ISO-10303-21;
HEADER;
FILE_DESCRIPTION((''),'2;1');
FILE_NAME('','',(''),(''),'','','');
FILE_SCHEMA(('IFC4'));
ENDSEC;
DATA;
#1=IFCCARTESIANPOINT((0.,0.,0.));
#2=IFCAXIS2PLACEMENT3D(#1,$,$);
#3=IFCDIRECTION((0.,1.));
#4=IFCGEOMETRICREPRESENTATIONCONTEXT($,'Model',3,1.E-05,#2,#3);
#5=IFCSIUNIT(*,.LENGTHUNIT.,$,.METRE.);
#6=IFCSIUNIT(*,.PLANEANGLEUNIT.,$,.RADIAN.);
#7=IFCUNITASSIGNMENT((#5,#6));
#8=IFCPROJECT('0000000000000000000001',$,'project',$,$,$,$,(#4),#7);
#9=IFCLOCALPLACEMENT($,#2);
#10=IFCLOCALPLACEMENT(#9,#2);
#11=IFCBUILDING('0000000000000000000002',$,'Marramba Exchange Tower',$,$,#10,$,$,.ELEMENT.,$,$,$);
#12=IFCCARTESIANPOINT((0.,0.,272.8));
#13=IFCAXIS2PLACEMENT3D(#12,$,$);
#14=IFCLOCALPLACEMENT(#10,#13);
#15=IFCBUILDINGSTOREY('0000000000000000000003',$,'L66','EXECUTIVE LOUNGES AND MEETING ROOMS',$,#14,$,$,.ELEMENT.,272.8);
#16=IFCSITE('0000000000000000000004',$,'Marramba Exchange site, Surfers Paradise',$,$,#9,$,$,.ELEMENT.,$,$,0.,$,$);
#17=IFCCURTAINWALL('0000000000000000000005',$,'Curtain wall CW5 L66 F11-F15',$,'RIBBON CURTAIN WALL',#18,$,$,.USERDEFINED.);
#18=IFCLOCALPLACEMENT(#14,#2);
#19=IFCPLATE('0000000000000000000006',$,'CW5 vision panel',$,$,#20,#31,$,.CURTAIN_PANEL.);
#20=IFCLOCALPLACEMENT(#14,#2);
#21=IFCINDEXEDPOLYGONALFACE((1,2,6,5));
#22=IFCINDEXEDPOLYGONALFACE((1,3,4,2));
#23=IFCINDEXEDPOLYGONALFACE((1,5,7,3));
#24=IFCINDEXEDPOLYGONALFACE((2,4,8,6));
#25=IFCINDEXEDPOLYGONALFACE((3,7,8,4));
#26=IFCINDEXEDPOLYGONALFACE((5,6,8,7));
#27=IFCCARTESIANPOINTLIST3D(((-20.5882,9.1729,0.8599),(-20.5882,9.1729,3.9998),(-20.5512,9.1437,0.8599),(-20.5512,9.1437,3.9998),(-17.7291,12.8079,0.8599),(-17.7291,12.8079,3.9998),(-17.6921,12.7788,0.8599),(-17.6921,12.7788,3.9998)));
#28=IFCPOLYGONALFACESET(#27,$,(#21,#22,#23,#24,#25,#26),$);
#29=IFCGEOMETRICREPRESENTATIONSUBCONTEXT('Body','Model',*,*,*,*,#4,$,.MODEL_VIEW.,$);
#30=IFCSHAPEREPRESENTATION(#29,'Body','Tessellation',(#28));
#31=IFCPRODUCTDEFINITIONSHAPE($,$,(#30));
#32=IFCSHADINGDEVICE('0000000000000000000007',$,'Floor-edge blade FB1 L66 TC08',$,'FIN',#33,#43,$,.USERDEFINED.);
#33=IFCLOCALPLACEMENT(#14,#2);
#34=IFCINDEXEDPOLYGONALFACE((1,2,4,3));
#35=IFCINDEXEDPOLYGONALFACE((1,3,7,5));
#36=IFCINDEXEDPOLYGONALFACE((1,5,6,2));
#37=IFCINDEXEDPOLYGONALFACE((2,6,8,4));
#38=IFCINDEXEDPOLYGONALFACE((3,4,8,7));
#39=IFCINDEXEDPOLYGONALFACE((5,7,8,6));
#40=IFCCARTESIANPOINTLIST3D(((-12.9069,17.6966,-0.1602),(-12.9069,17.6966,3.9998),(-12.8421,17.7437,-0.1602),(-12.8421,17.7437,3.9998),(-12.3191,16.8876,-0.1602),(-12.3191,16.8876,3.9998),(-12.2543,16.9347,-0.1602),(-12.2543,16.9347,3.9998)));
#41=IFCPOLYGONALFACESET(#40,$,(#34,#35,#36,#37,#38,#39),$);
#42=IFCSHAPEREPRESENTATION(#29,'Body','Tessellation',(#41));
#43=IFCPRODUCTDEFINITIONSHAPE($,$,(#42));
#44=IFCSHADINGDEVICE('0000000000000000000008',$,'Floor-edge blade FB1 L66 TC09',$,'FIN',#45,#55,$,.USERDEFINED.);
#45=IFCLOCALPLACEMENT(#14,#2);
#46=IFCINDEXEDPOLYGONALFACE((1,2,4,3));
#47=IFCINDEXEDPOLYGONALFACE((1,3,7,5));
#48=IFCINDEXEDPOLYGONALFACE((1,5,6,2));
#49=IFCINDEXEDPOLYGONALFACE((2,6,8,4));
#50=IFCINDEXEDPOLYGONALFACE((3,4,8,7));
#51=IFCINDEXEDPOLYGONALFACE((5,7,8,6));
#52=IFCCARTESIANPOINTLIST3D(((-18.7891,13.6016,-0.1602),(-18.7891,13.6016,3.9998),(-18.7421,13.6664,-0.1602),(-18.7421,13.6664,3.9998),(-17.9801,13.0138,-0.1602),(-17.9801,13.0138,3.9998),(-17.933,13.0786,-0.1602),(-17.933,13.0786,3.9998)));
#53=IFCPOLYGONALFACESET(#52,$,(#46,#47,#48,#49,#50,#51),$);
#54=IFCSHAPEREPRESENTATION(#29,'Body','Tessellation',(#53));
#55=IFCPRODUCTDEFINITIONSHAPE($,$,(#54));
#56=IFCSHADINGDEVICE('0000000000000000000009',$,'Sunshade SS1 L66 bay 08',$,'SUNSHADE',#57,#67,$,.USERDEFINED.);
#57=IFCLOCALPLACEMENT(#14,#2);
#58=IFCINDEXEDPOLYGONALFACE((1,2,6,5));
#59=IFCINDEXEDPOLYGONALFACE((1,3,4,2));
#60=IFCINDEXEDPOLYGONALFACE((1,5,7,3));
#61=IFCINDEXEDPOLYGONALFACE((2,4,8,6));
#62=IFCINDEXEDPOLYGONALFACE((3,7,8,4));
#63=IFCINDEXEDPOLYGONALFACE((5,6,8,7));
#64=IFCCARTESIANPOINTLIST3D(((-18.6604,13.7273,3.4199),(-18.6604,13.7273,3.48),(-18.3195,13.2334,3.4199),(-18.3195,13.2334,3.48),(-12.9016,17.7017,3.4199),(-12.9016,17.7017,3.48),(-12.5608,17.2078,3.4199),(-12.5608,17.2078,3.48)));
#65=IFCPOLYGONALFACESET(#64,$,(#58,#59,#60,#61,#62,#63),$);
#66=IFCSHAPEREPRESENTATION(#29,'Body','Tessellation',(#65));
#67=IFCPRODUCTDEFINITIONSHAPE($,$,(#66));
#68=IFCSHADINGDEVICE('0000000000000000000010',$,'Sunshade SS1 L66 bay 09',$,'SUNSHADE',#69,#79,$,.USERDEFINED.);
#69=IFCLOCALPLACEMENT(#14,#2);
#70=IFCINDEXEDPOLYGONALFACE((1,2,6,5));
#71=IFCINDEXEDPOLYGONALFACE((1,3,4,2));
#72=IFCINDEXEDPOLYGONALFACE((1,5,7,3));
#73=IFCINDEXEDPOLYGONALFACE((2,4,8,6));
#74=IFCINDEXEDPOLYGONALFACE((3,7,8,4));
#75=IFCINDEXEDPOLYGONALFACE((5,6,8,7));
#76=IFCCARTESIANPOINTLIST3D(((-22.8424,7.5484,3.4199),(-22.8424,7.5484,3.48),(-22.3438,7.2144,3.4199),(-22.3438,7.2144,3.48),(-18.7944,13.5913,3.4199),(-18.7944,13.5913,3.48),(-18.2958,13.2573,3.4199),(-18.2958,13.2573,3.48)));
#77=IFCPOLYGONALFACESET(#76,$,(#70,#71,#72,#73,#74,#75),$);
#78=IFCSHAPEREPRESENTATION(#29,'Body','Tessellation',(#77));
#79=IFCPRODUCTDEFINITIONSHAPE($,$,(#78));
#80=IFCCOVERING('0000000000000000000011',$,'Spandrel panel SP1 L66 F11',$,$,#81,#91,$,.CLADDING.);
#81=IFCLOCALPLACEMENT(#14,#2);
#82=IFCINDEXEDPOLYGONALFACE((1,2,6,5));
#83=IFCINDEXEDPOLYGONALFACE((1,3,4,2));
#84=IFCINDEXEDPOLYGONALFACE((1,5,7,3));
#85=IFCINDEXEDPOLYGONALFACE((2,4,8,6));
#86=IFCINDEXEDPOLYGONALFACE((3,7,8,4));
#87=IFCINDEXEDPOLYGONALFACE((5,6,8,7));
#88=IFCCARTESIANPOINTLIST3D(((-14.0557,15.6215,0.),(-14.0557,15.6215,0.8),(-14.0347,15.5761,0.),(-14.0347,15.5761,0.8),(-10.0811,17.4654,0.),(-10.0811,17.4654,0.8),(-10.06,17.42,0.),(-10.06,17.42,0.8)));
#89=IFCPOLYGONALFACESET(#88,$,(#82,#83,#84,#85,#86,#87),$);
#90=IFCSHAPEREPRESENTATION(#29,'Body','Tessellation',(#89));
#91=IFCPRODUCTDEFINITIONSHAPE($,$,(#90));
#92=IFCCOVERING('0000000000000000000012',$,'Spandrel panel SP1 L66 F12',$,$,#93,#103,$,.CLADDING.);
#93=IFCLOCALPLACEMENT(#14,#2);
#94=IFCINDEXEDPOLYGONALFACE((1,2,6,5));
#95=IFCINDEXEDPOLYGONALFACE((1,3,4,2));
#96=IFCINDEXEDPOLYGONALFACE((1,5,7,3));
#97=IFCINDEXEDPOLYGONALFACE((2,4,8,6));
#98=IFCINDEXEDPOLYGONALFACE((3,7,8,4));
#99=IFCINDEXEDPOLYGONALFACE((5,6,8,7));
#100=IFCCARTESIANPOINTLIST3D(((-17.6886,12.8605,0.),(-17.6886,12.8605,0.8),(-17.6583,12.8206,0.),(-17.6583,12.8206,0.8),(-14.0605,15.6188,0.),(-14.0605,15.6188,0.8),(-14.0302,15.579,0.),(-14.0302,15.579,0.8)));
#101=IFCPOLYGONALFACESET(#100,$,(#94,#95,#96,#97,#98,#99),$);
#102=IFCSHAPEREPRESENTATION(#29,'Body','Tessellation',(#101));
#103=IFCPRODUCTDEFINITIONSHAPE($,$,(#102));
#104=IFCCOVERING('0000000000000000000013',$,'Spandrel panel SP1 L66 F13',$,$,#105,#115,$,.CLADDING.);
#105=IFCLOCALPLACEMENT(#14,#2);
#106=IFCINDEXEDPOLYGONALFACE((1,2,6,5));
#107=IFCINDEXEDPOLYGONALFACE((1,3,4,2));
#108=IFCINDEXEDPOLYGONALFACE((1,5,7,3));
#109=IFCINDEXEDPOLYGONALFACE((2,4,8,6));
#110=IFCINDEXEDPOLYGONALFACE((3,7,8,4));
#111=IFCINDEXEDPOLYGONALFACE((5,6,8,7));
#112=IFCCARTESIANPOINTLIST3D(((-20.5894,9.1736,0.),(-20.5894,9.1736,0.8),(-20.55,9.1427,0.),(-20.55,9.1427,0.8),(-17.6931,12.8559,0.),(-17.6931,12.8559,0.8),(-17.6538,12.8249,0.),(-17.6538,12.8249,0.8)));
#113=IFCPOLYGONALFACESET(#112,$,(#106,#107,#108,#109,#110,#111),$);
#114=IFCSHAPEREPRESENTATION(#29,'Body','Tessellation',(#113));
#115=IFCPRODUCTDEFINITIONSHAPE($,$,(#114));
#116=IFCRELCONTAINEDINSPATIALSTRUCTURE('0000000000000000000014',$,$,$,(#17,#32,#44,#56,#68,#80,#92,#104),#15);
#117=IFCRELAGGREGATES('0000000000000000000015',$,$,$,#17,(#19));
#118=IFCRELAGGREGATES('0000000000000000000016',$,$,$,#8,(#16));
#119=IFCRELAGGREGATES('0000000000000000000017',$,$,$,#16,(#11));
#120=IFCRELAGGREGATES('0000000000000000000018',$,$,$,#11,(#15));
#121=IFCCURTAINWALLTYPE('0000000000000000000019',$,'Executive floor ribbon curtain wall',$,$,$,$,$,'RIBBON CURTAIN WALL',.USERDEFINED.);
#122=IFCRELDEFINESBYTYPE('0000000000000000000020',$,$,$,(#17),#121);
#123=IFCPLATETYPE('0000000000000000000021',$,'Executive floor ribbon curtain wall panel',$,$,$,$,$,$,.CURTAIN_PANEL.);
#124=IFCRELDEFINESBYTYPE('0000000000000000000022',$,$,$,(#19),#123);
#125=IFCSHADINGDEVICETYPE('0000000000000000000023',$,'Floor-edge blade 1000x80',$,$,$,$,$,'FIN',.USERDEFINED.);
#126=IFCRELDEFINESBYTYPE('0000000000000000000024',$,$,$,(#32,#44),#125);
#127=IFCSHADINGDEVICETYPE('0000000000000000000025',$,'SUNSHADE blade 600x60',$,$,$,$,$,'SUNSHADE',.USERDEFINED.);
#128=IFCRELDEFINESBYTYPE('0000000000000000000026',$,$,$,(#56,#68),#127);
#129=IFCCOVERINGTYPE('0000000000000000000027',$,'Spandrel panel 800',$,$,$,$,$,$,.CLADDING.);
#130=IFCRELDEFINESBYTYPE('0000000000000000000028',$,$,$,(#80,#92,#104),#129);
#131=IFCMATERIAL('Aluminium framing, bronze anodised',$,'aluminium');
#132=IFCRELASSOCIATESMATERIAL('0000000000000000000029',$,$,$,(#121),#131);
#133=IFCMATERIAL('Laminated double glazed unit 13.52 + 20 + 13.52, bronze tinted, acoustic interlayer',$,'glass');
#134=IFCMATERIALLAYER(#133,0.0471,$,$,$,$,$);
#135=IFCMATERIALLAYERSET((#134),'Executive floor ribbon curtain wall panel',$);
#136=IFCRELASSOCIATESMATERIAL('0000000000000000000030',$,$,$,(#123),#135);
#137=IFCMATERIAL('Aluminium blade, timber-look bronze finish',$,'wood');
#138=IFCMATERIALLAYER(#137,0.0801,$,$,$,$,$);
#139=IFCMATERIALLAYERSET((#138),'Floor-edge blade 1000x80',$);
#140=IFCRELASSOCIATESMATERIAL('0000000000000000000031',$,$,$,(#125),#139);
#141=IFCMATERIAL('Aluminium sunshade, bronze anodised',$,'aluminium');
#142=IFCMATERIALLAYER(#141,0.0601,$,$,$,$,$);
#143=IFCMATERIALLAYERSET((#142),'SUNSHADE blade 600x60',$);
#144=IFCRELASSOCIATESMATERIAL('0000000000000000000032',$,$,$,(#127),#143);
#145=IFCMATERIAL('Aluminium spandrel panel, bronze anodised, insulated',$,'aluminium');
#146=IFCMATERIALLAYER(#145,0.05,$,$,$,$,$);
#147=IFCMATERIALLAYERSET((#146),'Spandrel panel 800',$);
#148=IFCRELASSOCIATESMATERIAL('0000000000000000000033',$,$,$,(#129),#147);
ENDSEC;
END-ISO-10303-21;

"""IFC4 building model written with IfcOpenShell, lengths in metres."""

from ifc_helpers import new_model, si_unit, direction, frame, origin, origin_2d, place, context, subcontext, project, spatial, rectangle, extrude, material, layer, layer_set, type_object, element, aggregate, save


model = new_model("IFC4")

# Units and contexts
model_context = context("Model", 3, precision=1e-05, world=origin(), true_north=direction((0.0, 1.0)))
body_context = subcontext(model_context, "Body", "Model", "MODEL_VIEW")
ifc_project = project(units=[si_unit("LENGTHUNIT", "METRE"), si_unit("PLANEANGLEUNIT", "RADIAN")], contexts=[model_context])

# Site, building, storey
site_placement = place(None, origin())
site = spatial("IfcSite", under=ifc_project, at=site_placement, Name="Marramba Exchange site, Surfers Paradise", CompositionType="ELEMENT", RefElevation=0.0)
building_placement = place(site_placement, origin())
building = spatial("IfcBuilding", under=site, at=building_placement, Name="Marramba Exchange Tower", CompositionType="ELEMENT")
storey_placement = place(building_placement, frame((0.0, 0.0, 272.8)))
storey = spatial("IfcBuildingStorey", under=building, at=storey_placement, Name="L66", Description="EXECUTIVE LOUNGES AND MEETING ROOMS", CompositionType="ELEMENT", Elevation=272.8)

# Curtain wall
ifc_material_1 = material(Name="Aluminium framing, bronze anodised", Category="aluminium")
curtain_wall_type = type_object("IfcCurtainWallType", Name="Executive floor ribbon curtain wall", ElementType="RIBBON CURTAIN WALL", PredefinedType="USERDEFINED", material=ifc_material_1)
curtain_wall_placement = place(storey_placement, origin())
curtain_wall = element("IfcCurtainWall", 1, at=curtain_wall_placement, inside=storey, type_object=curtain_wall_type, Name="Curtain wall CW5 L66 F11-F15", ObjectType="RIBBON CURTAIN WALL", PredefinedType="USERDEFINED")

# Plate
ifc_material_2 = material(Name="Laminated double glazed unit 13.52 + 20 + 13.52, bronze tinted, acoustic interlayer", Category="glass")
ifc_layer_1 = layer(ifc_material_2, 0.0471)
ifc_layer_set_1 = layer_set([ifc_layer_1], Name="Executive floor ribbon curtain wall panel")
plate_type = type_object("IfcPlateType", Name="Executive floor ribbon curtain wall panel", PredefinedType="CURTAIN_PANEL", material=ifc_layer_set_1)
plate_1_placement = place(storey_placement, frame((-19.1401, 10.9758, 0.8599), z_axis=(0.0, 0.0, 1.0), x_axis=(-0.618223, -0.786003, 0.0)))
plate_1 = element("IfcPlate", 2, at=plate_1_placement, type_object=plate_type, Name="CW5 vision panel", PredefinedType="CURTAIN_PANEL", context=body_context, shape_type="SweptSolid", body=[
    extrude(rectangle(XDim=4.6248, YDim=0.0471, at=origin_2d()), origin(), (0.0, 0.0, 1.0), 3.1399),
])
aggregate(curtain_wall, [plate_1])

# Shading devices
ifc_material_3 = material(Name="Aluminium blade, timber-look bronze finish", Category="wood")
ifc_layer_2 = layer(ifc_material_3, 0.0801)
ifc_layer_set_2 = layer_set([ifc_layer_2], Name="Floor-edge blade 1000x80")
shading_device_type_1 = type_object("IfcShadingDeviceType", Name="Floor-edge blade 1000x80", ElementType="FIN", PredefinedType="USERDEFINED", material=ifc_layer_set_2)
for number, where, z_axis, x_axis, name in (
    (3, (-12.5806, 17.3157, -0.1602), (0.0, 0.0, 1.0), (-0.587785, 0.809017, 0.0), "Floor-edge blade FB1 L66 TC08"),
    (4, (-18.3611, 13.3401, -0.1602), (0.0, 0.0, 1.0), (-0.809017, 0.587785, 0.0), "Floor-edge blade FB1 L66 TC09"),
):
    element("IfcShadingDevice", number, at=place(storey_placement, frame(where, z_axis=z_axis, x_axis=x_axis)), inside=storey, type_object=shading_device_type_1, Name=name, ObjectType="FIN", PredefinedType="USERDEFINED", context=body_context, shape_type="SweptSolid", body=[
        extrude(rectangle(XDim=1.0, YDim=0.0801, at=origin_2d()), origin(), (0.0, 0.0, 1.0), 4.1599),
    ])
ifc_material_4 = material(Name="Aluminium sunshade, bronze anodised", Category="aluminium")
ifc_layer_3 = layer(ifc_material_4, 0.0601)
ifc_layer_set_3 = layer_set([ifc_layer_3], Name="SUNSHADE blade 600x60")
shading_device_type_2 = type_object("IfcShadingDeviceType", Name="SUNSHADE blade 600x60", ElementType="SUNSHADE", PredefinedType="USERDEFINED", material=ifc_layer_set_3)
shading_device_1_placement = place(storey_placement, frame((-15.6106, 15.4675, 3.4199), z_axis=(0.0, 0.0, 1.0), x_axis=(-0.823024, -0.568006, 0.0)))
element("IfcShadingDevice", 5, at=shading_device_1_placement, inside=storey, type_object=shading_device_type_2, Name="Sunshade SS1 L66 bay 08", ObjectType="SUNSHADE", PredefinedType="USERDEFINED", context=body_context, shape_type="SweptSolid", body=[
    extrude(rectangle(XDim=6.9971, YDim=0.6001, at=origin_2d()), origin(), (0.0, 0.0, 1.0), 0.0601),
])
shading_device_2_placement = place(storey_placement, frame((-20.5691, 10.4028, 3.4199), z_axis=(0.0, 0.0, 1.0), x_axis=(-0.55654, -0.830821, 0.0)))
element("IfcShadingDevice", 6, at=shading_device_2_placement, inside=storey, type_object=shading_device_type_2, Name="Sunshade SS1 L66 bay 09", ObjectType="SUNSHADE", PredefinedType="USERDEFINED", context=body_context, shape_type="SweptSolid", body=[
    extrude(rectangle(XDim=7.2734, YDim=0.6001, at=origin_2d()), origin(), (0.0, 0.0, 1.0), 0.0601),
])

# Coverings
ifc_material_5 = material(Name="Aluminium spandrel panel, bronze anodised, insulated", Category="aluminium")
ifc_layer_4 = layer(ifc_material_5, 0.05)
ifc_layer_set_4 = layer_set([ifc_layer_4], Name="Spandrel panel 800")
covering_type = type_object("IfcCoveringType", Name="Spandrel panel 800", PredefinedType="CLADDING", material=ifc_layer_set_4)
covering_1_placement = place(storey_placement, frame((-12.0579, 16.5208, 0.0), z_axis=(0.0, 0.0, 1.0), x_axis=(-0.907131, -0.420849, 0.0)))
element("IfcCovering", 7, at=covering_1_placement, inside=storey, type_object=covering_type, Name="Spandrel panel SP1 L66 F11", PredefinedType="CLADDING", context=body_context, shape_type="SweptSolid", body=[
    extrude(rectangle(XDim=4.3816, YDim=0.05, at=origin_2d()), origin(), (0.0, 0.0, 1.0), 0.8),
])
covering_2_placement = place(storey_placement, frame((-15.8594, 14.2197, 0.0), z_axis=(0.0, 0.0, 1.0), x_axis=(-0.796059, -0.605219, 0.0)))
element("IfcCovering", 8, at=covering_2_placement, inside=storey, type_object=covering_type, Name="Spandrel panel SP1 L66 F12", PredefinedType="CLADDING", context=body_context, shape_type="SweptSolid", body=[
    extrude(rectangle(XDim=4.5576, YDim=0.05, at=origin_2d()), origin(), (0.0, 0.0, 1.0), 0.8),
])
covering_3_placement = place(storey_placement, frame((-19.1216, 10.9993, 0.0), z_axis=(0.0, 0.0, 1.0), x_axis=(-0.618223, -0.786003, 0.0)))
element("IfcCovering", 9, at=covering_3_placement, inside=storey, type_object=covering_type, Name="Spandrel panel SP1 L66 F13", PredefinedType="CLADDING", context=body_context, shape_type="SweptSolid", body=[
    extrude(rectangle(XDim=4.6848, YDim=0.05, at=origin_2d()), origin(), (0.0, 0.0, 1.0), 0.8),
])

save(model, "model.ifc")
